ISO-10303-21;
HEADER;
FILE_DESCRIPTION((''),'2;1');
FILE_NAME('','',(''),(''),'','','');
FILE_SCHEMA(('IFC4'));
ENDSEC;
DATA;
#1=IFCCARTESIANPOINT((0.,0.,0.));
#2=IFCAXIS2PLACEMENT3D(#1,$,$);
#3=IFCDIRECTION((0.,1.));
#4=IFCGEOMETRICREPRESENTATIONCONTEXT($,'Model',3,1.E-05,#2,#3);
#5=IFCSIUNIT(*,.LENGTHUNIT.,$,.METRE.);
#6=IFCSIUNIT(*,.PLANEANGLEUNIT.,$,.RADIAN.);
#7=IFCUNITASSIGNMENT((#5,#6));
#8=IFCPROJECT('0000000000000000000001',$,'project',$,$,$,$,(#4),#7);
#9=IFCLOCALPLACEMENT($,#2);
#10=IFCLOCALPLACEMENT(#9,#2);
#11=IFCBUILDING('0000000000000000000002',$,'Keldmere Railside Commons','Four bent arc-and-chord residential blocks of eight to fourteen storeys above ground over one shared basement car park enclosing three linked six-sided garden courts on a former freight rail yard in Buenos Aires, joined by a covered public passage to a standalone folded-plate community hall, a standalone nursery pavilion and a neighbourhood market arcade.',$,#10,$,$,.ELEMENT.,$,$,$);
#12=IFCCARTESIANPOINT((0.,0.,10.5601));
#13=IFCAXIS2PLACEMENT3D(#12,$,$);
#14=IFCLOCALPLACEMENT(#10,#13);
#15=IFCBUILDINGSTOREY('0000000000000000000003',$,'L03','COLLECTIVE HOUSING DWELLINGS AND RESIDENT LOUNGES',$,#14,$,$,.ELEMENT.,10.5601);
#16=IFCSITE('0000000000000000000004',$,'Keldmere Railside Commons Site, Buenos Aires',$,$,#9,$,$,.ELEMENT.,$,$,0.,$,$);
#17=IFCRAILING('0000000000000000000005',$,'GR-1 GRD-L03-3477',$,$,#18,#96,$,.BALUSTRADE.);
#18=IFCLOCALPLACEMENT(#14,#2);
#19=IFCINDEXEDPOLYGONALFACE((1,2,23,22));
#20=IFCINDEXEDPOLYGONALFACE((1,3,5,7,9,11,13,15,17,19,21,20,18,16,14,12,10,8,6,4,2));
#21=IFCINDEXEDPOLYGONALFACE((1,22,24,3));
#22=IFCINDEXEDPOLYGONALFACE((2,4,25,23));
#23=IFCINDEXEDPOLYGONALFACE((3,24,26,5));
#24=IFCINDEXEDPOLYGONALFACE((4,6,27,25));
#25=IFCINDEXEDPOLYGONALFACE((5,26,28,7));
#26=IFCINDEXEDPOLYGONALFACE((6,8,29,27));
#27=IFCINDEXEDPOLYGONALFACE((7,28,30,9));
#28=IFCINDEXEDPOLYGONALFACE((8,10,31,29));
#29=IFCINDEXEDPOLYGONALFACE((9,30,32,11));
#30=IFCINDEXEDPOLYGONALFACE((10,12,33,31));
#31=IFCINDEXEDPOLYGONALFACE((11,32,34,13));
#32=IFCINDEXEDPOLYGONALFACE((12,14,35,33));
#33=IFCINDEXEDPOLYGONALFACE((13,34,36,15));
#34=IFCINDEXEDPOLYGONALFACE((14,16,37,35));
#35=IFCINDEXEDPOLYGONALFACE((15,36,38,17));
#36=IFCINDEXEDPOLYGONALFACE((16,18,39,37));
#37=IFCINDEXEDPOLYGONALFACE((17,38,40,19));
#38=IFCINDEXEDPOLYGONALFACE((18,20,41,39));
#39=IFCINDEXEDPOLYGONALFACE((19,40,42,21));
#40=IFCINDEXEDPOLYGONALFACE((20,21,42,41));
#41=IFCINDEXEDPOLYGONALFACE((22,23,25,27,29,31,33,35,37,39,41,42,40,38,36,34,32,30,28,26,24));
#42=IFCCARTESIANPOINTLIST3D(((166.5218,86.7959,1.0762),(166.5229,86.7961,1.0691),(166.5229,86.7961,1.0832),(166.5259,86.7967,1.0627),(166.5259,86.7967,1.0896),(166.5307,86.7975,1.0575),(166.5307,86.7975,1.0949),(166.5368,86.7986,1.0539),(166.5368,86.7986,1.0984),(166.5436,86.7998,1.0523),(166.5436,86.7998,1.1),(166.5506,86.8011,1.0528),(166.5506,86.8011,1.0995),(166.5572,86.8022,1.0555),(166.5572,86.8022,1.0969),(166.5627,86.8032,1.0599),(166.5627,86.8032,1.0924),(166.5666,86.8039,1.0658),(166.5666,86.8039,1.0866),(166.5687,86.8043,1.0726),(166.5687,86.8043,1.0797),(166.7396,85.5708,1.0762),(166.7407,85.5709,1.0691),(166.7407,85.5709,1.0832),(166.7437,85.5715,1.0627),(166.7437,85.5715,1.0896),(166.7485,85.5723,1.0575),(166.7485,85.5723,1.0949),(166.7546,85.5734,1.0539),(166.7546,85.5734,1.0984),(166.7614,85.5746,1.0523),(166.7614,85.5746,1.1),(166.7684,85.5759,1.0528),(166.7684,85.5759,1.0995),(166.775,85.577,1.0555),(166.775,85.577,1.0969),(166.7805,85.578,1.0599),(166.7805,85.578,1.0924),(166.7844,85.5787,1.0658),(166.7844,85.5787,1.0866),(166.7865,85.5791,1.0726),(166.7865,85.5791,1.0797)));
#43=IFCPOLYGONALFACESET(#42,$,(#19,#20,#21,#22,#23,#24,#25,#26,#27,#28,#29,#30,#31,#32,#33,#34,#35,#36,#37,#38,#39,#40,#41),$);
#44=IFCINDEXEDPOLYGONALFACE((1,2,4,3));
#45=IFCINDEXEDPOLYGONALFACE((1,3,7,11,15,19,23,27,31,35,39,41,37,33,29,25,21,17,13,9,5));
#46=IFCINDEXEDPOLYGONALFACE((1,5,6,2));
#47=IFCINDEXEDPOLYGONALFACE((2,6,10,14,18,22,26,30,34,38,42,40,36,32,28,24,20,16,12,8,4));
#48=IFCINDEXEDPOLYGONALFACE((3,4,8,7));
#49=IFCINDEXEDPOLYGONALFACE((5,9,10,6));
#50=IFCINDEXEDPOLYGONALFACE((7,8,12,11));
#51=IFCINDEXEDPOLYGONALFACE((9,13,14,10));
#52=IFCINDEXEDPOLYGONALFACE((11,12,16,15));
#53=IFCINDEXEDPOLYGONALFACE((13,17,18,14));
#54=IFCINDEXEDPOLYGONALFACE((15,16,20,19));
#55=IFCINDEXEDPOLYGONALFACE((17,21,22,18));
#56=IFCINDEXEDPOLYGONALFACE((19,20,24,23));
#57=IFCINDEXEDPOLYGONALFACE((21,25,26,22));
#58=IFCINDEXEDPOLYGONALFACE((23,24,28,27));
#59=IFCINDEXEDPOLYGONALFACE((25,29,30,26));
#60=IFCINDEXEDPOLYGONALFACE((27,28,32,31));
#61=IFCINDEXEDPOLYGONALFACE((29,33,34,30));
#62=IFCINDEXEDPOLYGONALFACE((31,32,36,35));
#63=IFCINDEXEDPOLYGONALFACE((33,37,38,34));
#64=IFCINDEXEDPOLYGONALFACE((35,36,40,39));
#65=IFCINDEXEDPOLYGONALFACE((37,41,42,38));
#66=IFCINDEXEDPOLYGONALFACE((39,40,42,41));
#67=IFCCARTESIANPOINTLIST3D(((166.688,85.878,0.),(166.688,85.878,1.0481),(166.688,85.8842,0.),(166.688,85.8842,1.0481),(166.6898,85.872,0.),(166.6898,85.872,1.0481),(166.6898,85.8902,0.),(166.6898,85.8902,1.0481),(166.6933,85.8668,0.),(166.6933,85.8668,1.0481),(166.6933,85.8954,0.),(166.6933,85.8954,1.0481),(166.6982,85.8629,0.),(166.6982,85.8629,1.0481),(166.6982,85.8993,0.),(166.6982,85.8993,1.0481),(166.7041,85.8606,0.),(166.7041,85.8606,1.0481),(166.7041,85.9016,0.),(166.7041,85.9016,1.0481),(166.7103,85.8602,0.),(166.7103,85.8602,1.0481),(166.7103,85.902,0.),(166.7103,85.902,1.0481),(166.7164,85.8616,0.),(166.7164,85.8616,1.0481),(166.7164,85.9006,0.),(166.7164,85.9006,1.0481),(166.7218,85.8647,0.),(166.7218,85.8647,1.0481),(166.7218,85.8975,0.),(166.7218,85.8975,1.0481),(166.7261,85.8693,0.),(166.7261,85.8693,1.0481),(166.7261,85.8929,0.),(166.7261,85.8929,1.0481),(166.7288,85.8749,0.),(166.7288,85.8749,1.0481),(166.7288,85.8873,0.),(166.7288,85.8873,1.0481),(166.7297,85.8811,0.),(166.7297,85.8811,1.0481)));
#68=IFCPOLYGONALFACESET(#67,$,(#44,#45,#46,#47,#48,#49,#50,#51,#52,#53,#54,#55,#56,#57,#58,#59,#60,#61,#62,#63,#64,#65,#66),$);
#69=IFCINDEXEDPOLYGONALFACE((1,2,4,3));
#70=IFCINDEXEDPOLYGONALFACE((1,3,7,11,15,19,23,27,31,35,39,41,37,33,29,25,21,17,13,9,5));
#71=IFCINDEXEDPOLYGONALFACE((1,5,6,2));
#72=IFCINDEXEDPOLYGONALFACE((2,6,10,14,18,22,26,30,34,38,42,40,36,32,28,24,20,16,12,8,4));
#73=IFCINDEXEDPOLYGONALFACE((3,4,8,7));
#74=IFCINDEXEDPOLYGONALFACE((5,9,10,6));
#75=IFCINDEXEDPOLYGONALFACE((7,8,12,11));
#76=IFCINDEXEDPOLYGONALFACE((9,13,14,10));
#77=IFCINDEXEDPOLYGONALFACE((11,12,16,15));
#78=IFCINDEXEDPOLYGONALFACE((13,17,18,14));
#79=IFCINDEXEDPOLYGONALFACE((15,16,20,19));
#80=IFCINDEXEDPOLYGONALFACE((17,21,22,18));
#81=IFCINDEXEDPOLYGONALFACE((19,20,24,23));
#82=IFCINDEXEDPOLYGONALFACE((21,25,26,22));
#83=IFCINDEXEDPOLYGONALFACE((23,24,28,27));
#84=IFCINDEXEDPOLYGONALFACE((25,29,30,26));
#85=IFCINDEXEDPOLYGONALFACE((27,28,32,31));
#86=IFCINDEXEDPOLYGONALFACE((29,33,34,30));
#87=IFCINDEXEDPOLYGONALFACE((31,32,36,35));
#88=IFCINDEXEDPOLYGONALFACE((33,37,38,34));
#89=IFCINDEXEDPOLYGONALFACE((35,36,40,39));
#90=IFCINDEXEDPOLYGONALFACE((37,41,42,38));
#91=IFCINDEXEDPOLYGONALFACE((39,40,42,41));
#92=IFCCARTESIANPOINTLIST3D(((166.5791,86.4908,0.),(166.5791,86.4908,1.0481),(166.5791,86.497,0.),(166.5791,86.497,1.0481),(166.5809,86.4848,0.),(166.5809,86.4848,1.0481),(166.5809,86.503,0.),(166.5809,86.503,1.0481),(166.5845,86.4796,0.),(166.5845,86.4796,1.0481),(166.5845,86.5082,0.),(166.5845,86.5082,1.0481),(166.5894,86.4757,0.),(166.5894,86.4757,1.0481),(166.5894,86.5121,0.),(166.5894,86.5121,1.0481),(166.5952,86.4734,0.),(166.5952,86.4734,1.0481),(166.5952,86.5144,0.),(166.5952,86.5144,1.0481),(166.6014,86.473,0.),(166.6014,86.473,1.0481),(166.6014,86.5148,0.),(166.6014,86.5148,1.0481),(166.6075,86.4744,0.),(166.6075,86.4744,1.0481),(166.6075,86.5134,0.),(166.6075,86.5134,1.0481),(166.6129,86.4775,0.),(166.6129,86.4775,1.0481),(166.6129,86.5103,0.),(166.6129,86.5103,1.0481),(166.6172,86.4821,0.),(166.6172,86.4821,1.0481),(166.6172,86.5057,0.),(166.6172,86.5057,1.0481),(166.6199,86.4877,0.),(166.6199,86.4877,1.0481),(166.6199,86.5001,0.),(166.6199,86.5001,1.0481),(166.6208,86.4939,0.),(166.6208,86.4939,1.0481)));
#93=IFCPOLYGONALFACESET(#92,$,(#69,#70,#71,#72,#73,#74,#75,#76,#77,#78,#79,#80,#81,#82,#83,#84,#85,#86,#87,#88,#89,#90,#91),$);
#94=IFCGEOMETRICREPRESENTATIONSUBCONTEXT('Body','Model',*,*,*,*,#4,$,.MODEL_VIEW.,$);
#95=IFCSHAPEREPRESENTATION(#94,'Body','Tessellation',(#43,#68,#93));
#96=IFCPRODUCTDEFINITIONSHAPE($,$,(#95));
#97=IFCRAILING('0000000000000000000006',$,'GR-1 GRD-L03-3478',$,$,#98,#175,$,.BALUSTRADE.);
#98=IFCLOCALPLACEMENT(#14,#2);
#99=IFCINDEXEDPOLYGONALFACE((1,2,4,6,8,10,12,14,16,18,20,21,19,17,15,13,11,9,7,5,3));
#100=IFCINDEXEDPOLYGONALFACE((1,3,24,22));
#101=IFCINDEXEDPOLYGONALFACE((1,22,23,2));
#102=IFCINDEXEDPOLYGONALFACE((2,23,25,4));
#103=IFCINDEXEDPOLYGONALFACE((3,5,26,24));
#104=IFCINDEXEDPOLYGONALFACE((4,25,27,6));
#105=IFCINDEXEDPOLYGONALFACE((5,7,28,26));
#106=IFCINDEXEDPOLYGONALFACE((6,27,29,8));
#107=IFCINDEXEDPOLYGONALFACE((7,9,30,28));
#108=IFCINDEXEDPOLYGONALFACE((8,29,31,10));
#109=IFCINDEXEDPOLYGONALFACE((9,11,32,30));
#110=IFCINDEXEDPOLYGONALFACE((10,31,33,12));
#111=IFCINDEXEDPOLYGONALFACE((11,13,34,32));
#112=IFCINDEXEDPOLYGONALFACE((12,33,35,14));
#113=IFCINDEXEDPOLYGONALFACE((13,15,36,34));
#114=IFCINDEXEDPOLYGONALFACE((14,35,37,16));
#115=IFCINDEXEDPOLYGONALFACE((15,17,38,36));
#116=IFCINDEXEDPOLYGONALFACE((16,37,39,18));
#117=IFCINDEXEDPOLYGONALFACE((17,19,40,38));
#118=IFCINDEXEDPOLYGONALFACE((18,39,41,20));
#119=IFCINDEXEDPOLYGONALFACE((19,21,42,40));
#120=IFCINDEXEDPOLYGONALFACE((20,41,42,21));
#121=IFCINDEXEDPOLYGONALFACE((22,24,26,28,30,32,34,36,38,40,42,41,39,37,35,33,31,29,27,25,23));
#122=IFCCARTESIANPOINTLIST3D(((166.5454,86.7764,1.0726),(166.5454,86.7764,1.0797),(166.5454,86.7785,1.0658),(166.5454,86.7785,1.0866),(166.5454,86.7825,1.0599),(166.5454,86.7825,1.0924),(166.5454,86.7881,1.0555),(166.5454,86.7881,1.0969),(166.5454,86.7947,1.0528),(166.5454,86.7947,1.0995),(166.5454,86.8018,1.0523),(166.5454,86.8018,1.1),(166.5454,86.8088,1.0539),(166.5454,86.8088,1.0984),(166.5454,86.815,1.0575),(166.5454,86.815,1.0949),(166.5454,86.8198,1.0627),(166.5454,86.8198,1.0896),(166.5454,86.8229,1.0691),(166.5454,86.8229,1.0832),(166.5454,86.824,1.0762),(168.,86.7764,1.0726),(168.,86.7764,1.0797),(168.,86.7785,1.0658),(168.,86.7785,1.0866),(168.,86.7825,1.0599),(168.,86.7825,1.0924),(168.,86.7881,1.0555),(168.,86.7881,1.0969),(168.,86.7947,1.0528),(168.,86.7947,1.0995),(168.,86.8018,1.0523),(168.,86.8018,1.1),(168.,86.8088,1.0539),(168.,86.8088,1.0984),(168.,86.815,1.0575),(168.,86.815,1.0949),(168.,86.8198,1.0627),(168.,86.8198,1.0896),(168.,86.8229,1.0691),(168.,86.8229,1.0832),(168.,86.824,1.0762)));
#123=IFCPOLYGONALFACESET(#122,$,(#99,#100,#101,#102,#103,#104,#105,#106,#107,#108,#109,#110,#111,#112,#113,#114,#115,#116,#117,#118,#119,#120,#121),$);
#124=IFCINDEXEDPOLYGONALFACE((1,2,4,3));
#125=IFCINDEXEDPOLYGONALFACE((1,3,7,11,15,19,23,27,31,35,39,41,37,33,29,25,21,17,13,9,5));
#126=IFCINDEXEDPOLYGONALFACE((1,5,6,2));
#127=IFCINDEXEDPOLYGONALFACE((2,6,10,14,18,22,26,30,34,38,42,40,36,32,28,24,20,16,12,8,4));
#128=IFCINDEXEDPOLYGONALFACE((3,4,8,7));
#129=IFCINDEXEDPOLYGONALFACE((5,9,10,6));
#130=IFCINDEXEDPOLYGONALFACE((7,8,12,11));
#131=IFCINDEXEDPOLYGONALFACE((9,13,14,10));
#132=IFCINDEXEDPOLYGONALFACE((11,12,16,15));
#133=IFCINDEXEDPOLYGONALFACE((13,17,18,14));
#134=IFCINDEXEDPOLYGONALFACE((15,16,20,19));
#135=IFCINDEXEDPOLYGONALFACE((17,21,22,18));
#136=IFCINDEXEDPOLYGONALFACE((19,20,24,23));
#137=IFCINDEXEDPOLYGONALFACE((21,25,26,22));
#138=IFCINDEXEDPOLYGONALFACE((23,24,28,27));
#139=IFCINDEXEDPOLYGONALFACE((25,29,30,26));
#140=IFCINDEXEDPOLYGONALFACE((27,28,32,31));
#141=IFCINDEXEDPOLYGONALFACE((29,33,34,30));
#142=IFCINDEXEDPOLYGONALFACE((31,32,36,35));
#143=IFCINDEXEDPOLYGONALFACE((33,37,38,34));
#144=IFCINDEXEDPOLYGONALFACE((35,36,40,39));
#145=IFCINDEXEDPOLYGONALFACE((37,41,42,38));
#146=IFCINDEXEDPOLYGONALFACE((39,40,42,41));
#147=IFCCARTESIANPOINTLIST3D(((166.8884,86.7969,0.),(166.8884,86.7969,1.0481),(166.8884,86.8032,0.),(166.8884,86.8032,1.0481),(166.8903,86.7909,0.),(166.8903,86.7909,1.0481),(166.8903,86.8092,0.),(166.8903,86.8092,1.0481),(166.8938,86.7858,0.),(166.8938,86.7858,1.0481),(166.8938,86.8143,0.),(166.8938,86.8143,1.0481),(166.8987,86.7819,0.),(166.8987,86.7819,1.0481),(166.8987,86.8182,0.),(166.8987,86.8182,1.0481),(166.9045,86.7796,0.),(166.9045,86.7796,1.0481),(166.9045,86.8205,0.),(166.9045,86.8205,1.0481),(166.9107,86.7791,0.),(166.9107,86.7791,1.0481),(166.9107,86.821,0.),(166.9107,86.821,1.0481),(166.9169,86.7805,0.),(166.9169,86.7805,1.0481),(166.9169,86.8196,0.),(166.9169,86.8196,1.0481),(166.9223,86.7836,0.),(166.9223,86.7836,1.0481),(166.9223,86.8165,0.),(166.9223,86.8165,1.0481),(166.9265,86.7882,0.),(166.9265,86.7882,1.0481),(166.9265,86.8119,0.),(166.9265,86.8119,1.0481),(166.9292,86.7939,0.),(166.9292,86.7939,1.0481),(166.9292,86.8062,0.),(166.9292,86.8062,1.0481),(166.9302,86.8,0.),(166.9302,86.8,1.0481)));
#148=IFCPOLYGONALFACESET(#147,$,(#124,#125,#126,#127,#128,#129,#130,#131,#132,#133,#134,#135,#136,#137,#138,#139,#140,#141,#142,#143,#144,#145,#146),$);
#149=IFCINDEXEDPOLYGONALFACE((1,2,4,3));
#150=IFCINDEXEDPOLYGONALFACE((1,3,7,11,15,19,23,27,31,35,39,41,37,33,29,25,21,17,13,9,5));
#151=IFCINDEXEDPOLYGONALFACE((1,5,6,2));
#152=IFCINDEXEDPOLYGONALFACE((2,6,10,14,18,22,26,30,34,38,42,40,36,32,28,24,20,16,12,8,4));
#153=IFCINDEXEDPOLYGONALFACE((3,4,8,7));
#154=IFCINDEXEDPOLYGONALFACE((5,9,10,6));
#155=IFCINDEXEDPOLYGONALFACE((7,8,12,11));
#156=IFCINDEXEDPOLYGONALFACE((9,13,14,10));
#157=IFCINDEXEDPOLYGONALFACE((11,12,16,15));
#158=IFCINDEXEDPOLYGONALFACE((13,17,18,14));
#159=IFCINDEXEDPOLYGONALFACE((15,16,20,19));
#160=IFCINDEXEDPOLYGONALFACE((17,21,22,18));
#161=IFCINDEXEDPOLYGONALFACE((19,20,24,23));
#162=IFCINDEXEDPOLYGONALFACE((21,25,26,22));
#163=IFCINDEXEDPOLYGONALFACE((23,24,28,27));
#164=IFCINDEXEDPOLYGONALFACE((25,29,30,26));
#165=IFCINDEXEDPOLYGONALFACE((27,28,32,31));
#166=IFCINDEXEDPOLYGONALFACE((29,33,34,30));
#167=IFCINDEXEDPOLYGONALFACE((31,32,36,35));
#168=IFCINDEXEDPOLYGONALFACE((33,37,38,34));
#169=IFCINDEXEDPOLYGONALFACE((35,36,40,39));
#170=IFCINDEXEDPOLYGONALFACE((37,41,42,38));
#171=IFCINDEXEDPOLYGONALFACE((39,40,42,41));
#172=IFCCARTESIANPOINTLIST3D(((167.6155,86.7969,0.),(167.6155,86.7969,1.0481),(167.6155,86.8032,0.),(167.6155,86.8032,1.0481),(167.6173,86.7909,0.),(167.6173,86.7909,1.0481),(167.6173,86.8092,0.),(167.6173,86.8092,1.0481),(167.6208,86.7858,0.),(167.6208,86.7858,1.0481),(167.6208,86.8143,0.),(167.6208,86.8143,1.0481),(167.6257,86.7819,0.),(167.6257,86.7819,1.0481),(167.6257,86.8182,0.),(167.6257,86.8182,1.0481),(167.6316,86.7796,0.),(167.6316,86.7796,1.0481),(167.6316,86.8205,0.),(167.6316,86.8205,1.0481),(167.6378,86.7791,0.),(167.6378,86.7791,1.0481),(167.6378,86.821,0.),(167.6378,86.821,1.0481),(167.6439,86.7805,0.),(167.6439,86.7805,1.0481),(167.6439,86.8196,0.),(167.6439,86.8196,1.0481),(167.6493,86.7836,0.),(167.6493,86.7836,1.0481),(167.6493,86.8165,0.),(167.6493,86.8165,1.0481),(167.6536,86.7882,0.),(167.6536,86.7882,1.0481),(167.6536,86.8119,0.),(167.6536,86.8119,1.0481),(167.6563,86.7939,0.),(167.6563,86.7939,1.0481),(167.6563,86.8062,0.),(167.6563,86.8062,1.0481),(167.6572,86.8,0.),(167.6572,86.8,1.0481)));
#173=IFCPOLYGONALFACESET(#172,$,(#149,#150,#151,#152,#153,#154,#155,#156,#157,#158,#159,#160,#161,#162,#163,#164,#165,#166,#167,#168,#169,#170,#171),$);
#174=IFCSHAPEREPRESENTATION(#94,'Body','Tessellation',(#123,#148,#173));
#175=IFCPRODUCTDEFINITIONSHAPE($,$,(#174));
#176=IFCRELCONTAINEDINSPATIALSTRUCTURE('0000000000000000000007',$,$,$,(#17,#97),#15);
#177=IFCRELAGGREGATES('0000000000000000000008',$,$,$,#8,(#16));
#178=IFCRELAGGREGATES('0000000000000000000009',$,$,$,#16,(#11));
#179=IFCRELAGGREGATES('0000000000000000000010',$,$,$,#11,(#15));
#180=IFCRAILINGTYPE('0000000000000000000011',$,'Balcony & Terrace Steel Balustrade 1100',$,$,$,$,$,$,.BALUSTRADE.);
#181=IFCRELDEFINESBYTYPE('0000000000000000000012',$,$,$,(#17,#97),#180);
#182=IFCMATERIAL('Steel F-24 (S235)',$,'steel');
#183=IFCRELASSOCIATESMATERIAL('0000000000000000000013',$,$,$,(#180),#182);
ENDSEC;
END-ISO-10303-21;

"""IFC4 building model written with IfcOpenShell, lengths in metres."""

from ifc_helpers import new_model, si_unit, direction, frame, origin, origin_2d, place, context, subcontext, project, spatial, circle, extrude, material, type_object, element, save


model = new_model("IFC4")

# Units and contexts
model_context = context("Model", 3, precision=1e-05, world=origin(), true_north=direction((0.0, 1.0)))
body_context = subcontext(model_context, "Body", "Model", "MODEL_VIEW")
ifc_project = project(units=[si_unit("LENGTHUNIT", "METRE"), si_unit("PLANEANGLEUNIT", "RADIAN")], contexts=[model_context])

# Site, building, storey
site_placement = place(None, origin())
site = spatial("IfcSite", under=ifc_project, at=site_placement, Name="Keldmere Railside Commons Site, Buenos Aires", CompositionType="ELEMENT", RefElevation=0.0)
building_placement = place(site_placement, origin())
building = spatial("IfcBuilding", under=site, at=building_placement, Name="Keldmere Railside Commons", Description="Four bent arc-and-chord residential blocks of eight to fourteen storeys above ground over one shared basement car park enclosing three linked six-sided garden courts on a former freight rail yard in Buenos Aires, joined by a covered public passage to a standalone folded-plate community hall, a standalone nursery pavilion and a neighbourhood market arcade.", CompositionType="ELEMENT")
storey_placement = place(building_placement, frame((0.0, 0.0, 10.5601)))
storey = spatial("IfcBuildingStorey", under=building, at=storey_placement, Name="L03", Description="COLLECTIVE HOUSING DWELLINGS AND RESIDENT LOUNGES", CompositionType="ELEMENT", Elevation=10.5601)

# Railings
ifc_material_1 = material(Name="Steel F-24 (S235)", Category="steel")
railing_type = type_object("IfcRailingType", Name="Balcony & Terrace Steel Balustrade 1100", PredefinedType="BALUSTRADE", material=ifc_material_1)
railing_1_placement = place(storey_placement, frame((166.7632, 85.575, 0.0)))
element("IfcRailing", 1, at=railing_1_placement, inside=storey, type_object=railing_type, Name="GR-1 GRD-L03-3477", PredefinedType="BALUSTRADE", context=body_context, shape_type="SweptSolid", body=[
    extrude(circle(Radius=0.0239, at=origin_2d()), frame((0.0, 0.0, 1.0762), z_axis=(-0.175016, 0.984566, 0.0), x_axis=(-0.984566, -0.175016, 0.0)), (0.0, 0.0, 1.0), 1.2444),
    extrude(circle(Radius=0.021, at=origin_2d()), frame((-0.0544, 0.3062, 0.0)), (0.0, 0.0, 1.0), 1.0481),
    extrude(circle(Radius=0.021, at=origin_2d()), frame((-0.1633, 0.9189, 0.0)), (0.0, 0.0, 1.0), 1.0481),
])
railing_2_placement = place(storey_placement, frame((166.5454, 86.8, 0.0)))
element("IfcRailing", 2, at=railing_2_placement, inside=storey, type_object=railing_type, Name="GR-1 GRD-L03-3478", PredefinedType="BALUSTRADE", context=body_context, shape_type="SweptSolid", body=[
    extrude(circle(Radius=0.0239, at=origin_2d()), frame((0.0, 0.0, 1.0762), z_axis=(1.0, 0.0, 0.0), x_axis=(0.0, 1.0, 0.0)), (0.0, 0.0, 1.0), 1.4546),
    extrude(circle(Radius=0.021, at=origin_2d()), frame((0.3638, 0.0, 0.0)), (0.0, 0.0, 1.0), 1.0481),
    extrude(circle(Radius=0.021, at=origin_2d()), frame((1.0908, 0.0, 0.0)), (0.0, 0.0, 1.0), 1.0481),
])

save(model, "model.ifc")
